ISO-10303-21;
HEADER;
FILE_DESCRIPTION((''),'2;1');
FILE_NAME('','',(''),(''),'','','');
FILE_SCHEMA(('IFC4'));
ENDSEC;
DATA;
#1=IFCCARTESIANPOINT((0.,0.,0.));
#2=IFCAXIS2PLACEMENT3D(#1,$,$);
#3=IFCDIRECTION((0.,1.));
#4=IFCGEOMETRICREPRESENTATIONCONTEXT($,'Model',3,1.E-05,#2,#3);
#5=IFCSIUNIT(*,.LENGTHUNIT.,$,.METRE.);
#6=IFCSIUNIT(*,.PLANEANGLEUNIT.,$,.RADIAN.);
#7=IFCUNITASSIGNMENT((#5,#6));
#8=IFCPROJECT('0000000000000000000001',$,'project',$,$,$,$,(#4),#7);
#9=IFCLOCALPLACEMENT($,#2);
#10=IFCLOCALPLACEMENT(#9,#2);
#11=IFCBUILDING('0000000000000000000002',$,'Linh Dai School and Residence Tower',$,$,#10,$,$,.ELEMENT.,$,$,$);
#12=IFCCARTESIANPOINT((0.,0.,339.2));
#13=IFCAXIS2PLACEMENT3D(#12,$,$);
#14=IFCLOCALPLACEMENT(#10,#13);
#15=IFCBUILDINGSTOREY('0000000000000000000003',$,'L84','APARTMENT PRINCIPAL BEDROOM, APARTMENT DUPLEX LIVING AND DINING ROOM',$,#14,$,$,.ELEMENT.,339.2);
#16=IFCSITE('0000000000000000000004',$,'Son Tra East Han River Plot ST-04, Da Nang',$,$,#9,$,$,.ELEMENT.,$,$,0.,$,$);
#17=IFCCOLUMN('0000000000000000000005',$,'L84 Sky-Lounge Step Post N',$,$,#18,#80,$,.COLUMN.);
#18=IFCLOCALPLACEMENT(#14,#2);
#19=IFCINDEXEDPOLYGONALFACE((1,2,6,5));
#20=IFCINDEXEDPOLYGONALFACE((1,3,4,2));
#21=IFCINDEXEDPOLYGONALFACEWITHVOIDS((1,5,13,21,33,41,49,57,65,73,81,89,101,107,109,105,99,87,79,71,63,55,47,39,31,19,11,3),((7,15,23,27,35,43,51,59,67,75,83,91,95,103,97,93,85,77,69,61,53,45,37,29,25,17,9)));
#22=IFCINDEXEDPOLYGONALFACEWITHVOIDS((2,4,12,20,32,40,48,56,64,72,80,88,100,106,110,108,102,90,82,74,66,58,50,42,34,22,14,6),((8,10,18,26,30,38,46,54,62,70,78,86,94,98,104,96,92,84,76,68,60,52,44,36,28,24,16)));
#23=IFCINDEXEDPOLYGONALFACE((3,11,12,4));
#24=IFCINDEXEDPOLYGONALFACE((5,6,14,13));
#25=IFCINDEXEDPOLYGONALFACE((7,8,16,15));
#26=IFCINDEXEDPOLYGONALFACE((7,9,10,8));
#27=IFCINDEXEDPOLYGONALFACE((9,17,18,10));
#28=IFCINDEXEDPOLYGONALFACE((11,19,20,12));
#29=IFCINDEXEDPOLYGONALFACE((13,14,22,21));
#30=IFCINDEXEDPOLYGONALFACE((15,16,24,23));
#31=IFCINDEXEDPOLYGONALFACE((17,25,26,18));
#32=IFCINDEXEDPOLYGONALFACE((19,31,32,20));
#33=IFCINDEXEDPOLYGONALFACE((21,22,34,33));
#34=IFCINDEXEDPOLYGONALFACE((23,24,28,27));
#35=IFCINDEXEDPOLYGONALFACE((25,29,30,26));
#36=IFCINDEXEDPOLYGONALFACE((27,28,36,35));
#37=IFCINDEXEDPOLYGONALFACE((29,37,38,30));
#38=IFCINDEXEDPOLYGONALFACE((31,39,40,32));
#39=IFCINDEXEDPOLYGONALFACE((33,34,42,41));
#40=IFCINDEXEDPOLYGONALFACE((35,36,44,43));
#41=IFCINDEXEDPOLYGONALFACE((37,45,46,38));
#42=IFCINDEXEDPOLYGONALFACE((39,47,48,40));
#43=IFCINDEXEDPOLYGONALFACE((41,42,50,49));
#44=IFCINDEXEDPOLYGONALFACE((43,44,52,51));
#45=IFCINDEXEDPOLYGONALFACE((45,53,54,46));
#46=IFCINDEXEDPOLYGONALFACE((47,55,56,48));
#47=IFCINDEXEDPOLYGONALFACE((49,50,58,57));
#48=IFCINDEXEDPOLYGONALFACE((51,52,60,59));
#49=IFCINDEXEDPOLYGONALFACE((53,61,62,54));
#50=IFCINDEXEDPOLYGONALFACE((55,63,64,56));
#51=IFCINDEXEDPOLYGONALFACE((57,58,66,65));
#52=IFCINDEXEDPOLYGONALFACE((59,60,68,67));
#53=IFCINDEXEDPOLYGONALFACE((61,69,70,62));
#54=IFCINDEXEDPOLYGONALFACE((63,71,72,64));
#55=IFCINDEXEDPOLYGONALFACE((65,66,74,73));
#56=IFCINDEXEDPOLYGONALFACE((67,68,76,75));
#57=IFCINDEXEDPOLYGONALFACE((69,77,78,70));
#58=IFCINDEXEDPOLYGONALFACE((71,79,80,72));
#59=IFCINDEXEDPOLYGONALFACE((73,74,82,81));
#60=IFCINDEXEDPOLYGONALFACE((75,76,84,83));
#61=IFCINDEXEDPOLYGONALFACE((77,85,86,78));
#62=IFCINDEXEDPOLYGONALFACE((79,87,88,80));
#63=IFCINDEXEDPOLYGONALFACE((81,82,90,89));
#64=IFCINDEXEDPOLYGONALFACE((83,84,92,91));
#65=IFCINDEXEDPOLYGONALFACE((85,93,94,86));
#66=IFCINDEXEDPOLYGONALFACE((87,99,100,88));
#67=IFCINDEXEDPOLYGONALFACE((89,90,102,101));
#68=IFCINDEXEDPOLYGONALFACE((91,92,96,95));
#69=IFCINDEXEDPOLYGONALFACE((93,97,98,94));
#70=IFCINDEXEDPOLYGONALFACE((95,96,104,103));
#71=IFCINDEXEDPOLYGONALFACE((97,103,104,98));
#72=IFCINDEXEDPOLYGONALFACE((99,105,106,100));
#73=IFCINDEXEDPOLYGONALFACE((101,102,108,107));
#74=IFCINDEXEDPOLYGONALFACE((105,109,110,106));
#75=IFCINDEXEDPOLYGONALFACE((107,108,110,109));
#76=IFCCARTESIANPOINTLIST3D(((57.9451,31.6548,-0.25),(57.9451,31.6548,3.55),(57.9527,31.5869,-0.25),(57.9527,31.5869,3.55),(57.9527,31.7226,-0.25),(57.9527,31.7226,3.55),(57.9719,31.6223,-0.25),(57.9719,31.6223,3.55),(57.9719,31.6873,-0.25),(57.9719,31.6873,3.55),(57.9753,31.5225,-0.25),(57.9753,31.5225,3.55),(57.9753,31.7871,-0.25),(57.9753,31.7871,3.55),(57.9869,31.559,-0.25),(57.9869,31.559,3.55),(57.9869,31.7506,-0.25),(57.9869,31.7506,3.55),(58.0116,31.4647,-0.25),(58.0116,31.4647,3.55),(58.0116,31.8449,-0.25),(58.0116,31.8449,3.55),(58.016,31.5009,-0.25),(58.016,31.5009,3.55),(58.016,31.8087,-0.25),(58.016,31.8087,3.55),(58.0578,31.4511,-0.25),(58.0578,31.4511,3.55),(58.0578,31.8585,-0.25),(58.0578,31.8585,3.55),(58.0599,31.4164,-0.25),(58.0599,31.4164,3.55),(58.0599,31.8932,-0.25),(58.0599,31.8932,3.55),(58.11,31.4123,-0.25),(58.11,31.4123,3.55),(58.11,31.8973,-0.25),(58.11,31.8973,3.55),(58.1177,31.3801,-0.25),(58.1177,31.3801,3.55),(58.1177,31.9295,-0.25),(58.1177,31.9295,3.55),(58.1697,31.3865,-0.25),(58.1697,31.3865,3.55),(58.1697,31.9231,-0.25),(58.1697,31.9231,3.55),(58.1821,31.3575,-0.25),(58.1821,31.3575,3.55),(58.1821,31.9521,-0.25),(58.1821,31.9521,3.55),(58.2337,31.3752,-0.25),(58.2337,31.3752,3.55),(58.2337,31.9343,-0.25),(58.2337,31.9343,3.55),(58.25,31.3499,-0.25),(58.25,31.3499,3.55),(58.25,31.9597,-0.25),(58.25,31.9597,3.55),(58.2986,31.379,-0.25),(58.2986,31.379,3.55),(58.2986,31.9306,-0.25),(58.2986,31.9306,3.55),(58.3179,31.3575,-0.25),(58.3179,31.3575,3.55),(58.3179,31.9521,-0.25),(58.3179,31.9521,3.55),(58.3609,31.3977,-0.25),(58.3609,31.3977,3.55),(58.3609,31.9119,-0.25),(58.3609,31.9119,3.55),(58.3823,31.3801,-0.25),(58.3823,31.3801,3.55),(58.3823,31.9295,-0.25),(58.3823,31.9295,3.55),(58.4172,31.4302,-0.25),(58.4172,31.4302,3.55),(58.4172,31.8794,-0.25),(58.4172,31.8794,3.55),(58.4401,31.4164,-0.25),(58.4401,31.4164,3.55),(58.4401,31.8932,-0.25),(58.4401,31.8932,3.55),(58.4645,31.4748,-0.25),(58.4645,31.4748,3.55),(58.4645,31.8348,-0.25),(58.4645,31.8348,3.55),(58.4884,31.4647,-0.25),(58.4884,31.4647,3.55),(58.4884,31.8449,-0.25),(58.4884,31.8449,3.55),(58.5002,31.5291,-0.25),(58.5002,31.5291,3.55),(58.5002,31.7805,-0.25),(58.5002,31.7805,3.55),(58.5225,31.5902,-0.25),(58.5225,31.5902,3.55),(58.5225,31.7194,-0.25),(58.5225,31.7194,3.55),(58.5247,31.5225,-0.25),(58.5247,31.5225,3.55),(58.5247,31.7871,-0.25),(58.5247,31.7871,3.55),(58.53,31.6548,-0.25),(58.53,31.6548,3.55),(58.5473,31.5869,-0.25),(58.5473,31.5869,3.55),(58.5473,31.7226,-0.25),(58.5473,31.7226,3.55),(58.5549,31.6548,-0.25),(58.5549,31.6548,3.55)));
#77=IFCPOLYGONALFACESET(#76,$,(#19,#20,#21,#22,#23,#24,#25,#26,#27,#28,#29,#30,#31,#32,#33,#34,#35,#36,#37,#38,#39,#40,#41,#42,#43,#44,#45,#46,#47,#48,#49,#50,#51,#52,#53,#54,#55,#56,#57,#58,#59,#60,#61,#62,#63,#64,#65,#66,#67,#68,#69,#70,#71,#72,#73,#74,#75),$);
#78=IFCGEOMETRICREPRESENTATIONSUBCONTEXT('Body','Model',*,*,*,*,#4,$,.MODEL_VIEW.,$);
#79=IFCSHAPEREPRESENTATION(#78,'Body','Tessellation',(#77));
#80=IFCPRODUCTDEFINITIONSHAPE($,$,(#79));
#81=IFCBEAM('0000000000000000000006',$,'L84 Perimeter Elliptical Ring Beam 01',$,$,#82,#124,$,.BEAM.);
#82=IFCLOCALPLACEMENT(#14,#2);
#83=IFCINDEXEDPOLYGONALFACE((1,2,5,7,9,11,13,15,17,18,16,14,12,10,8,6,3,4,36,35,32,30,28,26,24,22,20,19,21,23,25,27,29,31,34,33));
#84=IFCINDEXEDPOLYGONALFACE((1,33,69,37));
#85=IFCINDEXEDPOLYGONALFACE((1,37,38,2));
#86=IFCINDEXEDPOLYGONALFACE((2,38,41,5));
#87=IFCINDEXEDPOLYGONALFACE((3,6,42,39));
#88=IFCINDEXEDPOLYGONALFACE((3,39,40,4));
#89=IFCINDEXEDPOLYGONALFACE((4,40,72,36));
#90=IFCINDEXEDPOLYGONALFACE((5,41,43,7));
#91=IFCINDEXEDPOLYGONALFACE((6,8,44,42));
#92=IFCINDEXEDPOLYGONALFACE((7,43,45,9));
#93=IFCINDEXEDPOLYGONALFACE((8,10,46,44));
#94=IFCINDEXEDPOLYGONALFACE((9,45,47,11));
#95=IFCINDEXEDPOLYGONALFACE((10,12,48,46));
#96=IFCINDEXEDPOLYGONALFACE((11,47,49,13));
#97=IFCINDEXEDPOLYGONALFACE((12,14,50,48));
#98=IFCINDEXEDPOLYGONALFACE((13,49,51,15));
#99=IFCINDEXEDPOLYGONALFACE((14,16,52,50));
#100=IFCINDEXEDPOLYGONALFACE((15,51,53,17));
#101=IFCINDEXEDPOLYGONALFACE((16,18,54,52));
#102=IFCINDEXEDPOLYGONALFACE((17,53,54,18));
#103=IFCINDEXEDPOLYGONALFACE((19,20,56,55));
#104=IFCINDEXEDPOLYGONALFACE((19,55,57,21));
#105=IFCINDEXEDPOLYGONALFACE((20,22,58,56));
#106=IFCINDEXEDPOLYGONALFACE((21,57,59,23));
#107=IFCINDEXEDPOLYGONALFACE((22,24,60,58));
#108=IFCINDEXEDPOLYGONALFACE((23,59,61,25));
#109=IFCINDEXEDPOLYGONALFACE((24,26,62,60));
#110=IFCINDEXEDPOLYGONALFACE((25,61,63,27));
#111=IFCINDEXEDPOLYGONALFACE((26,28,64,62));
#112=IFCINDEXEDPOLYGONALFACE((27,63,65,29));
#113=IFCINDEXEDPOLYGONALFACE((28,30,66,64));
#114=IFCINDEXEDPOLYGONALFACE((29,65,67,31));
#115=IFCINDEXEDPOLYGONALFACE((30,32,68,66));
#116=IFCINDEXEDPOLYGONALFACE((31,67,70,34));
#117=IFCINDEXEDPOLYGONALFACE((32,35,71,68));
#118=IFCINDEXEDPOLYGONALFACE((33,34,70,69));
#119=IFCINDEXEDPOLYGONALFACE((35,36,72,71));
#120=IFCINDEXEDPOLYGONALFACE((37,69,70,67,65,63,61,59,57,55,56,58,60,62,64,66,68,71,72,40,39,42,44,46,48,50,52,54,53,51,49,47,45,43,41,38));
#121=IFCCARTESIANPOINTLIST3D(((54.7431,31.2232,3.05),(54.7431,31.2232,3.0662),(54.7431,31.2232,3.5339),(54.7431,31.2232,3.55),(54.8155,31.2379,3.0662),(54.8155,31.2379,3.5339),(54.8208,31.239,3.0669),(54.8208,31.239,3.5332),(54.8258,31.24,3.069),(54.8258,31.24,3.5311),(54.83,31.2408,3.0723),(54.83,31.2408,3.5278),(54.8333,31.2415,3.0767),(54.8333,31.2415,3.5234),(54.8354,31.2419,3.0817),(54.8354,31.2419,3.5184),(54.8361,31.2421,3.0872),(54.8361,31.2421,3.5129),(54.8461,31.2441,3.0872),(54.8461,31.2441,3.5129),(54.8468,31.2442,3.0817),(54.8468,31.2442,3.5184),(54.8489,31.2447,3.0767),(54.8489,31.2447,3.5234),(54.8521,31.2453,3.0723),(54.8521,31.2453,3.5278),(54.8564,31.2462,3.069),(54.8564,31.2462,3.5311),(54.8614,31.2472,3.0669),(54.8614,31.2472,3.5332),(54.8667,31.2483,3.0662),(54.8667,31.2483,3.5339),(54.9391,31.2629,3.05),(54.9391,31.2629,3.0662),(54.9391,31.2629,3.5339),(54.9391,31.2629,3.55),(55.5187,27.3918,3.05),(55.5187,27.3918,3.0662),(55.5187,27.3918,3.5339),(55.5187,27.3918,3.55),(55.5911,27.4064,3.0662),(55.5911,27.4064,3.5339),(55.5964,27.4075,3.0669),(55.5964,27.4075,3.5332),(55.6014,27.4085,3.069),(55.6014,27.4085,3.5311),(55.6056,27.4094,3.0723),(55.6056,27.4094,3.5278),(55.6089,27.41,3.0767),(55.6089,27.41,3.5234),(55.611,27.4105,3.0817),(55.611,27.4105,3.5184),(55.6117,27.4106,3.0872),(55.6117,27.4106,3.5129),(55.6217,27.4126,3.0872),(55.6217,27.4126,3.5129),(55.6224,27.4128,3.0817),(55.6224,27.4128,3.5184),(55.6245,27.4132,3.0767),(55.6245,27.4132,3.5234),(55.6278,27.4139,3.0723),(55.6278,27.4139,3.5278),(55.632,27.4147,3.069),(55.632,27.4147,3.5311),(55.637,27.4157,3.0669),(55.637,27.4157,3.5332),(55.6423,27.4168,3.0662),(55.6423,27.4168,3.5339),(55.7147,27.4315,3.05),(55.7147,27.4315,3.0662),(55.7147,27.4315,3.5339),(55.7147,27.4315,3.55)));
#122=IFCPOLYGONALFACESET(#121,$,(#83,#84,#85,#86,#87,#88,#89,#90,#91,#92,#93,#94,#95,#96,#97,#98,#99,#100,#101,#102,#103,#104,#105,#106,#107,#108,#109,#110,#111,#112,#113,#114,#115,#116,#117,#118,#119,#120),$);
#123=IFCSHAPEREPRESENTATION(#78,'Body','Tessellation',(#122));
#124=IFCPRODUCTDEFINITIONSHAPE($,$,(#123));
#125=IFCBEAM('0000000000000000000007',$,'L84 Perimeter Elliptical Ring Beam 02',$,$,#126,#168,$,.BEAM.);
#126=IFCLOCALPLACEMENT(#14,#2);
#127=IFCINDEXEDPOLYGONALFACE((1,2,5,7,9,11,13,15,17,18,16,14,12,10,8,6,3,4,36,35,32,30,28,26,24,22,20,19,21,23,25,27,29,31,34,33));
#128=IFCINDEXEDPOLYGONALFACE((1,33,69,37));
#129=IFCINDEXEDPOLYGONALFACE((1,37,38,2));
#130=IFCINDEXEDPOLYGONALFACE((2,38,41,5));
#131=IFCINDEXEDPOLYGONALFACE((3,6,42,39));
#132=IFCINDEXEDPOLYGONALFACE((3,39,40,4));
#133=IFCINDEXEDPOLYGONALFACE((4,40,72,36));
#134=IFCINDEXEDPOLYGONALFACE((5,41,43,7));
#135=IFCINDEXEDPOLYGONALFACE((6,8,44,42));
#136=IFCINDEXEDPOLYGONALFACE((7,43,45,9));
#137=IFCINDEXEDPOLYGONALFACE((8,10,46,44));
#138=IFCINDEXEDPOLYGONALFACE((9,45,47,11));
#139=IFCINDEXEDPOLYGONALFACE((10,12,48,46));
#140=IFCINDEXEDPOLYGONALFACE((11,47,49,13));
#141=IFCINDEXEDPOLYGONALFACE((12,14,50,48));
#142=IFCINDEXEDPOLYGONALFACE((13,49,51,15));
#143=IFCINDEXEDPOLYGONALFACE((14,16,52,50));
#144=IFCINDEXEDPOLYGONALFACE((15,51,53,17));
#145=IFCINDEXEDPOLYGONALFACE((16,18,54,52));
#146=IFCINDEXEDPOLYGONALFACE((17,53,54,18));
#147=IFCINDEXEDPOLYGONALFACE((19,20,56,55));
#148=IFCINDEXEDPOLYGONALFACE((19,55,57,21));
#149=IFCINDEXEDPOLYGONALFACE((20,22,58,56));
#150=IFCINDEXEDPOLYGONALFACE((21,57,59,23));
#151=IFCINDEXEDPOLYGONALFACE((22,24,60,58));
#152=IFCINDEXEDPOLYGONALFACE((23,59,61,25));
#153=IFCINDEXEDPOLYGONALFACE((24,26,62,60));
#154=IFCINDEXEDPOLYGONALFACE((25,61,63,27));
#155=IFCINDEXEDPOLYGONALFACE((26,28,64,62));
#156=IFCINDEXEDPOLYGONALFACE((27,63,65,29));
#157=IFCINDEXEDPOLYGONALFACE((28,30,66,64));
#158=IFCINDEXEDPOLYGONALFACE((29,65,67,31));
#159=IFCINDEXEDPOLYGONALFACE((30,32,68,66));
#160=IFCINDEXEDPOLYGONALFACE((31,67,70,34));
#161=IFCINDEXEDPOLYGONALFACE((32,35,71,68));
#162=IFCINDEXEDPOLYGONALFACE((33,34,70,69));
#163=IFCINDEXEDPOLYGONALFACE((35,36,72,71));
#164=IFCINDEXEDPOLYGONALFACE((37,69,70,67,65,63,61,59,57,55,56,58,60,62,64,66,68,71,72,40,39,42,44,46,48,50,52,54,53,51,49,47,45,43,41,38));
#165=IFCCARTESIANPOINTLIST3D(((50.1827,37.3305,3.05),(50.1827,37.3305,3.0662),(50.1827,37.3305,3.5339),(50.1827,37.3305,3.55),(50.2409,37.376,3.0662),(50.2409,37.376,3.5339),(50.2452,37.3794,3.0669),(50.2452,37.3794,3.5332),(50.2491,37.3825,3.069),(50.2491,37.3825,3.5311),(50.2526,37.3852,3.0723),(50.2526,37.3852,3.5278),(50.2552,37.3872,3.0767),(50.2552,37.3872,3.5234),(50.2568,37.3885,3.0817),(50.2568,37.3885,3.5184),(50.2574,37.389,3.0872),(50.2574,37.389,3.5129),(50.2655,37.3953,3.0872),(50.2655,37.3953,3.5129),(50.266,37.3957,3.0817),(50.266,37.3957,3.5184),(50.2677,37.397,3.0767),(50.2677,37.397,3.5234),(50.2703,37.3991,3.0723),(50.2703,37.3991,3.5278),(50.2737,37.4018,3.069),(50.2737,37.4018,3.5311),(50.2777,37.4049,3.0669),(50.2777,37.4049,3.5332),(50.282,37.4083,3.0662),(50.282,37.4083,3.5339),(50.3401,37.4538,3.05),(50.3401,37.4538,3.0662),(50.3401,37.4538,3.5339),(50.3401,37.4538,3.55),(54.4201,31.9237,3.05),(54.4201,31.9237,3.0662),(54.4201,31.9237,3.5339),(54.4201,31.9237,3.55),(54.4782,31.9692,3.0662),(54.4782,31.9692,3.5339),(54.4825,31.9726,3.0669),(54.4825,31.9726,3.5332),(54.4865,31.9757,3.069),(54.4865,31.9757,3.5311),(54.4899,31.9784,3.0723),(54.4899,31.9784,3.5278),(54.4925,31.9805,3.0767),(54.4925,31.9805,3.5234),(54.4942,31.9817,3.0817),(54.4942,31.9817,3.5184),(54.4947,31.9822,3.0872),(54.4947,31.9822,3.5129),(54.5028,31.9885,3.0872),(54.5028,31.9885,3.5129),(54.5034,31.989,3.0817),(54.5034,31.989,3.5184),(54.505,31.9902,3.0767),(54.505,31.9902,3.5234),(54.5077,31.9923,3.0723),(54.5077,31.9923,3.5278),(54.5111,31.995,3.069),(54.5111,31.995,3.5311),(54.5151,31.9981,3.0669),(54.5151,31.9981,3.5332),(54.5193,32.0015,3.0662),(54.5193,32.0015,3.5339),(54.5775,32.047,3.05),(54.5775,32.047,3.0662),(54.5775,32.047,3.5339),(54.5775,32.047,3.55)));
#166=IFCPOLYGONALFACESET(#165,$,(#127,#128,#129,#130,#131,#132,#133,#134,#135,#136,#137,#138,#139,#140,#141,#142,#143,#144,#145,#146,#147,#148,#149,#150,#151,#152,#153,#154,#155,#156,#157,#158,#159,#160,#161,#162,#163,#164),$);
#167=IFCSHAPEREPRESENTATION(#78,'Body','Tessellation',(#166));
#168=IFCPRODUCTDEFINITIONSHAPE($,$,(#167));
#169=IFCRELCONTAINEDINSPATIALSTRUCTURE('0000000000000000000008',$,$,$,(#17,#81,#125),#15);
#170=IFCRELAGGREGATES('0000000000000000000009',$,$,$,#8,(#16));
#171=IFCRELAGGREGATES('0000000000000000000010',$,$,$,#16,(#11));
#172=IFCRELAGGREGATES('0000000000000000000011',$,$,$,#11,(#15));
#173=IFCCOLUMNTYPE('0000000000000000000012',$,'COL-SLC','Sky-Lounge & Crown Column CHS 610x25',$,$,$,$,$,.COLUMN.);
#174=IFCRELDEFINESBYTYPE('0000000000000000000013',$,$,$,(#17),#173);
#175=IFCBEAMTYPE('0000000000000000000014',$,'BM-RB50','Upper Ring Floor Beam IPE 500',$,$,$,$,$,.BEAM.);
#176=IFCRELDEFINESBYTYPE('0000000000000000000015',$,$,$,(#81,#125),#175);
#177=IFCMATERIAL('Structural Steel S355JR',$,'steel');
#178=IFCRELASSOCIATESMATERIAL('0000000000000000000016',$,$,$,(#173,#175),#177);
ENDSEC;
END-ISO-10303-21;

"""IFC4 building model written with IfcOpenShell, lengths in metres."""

from ifc_helpers import new_model, si_unit, direction, frame, origin, origin_2d, place, context, subcontext, project, spatial, hollow_circle, i_section, extrude, material, material_profile, profile_set, type_object, element, save


model = new_model("IFC4")

# Units and contexts
model_context = context("Model", 3, precision=1e-05, world=origin(), true_north=direction((0.0, 1.0)))
body_context = subcontext(model_context, "Body", "Model", "MODEL_VIEW")
ifc_project = project(units=[si_unit("LENGTHUNIT", "METRE"), si_unit("PLANEANGLEUNIT", "RADIAN")], contexts=[model_context])

# Site, building, storey
site_placement = place(None, origin())
site = spatial("IfcSite", under=ifc_project, at=site_placement, Name="Son Tra East Han River Plot ST-04, Da Nang", CompositionType="ELEMENT", RefElevation=0.0)
building_placement = place(site_placement, origin())
building = spatial("IfcBuilding", under=site, at=building_placement, Name="Linh Dai School and Residence Tower", CompositionType="ELEMENT")
storey_placement = place(building_placement, frame((0.0, 0.0, 339.2)))
storey = spatial("IfcBuildingStorey", under=building, at=storey_placement, Name="L84", Description="APARTMENT PRINCIPAL BEDROOM, APARTMENT DUPLEX LIVING AND DINING ROOM", CompositionType="ELEMENT", Elevation=339.2)

# Column
ifc_material_1 = material(Name="Structural Steel S355JR", Category="steel")
ifc_material_profile_1 = material_profile(ifc_material_1, hollow_circle(Radius=0.3049, WallThickness=0.0249, at=origin_2d()), Name="CHS 610x25")
ifc_profile_set_1 = profile_set([ifc_material_profile_1], Name="Structural Steel S355JR")
column_type_1 = type_object("IfcColumnType", Name="COL-SLC", Description="Sky-Lounge & Crown Column CHS 610x25", PredefinedType="COLUMN", material=ifc_profile_set_1)
column_placement = place(storey_placement, frame((58.25, 31.6548, -0.25), z_axis=(0.0, 0.0, 1.0), x_axis=(1.0, 0.0, 0.0)))
element("IfcColumn", 1, at=column_placement, inside=storey, type_object=column_type_1, Name="L84 Sky-Lounge Step Post N", PredefinedType="COLUMN", context=body_context, shape_type="SweptSolid", body=[
    extrude(hollow_circle(Radius=0.3049, WallThickness=0.0249, at=origin_2d()), origin(), (0.0, 0.0, 1.0), 3.8),
])

# Beams
ifc_material_profile_2 = material_profile(ifc_material_1, i_section(OverallWidth=0.2, OverallDepth=0.5, WebThickness=0.0103, FlangeThickness=0.0161, FilletRadius=0.021, at=origin_2d()), Name="IPE 500")
ifc_profile_set_2 = profile_set([ifc_material_profile_2], Name="Structural Steel S355JR")
beam_type = type_object("IfcBeamType", Name="BM-RB50", Description="Upper Ring Floor Beam IPE 500", PredefinedType="BEAM", material=ifc_profile_set_2)
beam_1_placement = place(storey_placement, frame((55.6167, 27.4116, 3.3), z_axis=(-0.19841, 0.980119, 0.0), x_axis=(-0.980119, -0.19841, 0.0)))
element("IfcBeam", 2, at=beam_1_placement, inside=storey, type_object=beam_type, Name="L84 Perimeter Elliptical Ring Beam 01", PredefinedType="BEAM", context=body_context, shape_type="SweptSolid", body=[
    extrude(i_section(OverallWidth=0.2, OverallDepth=0.5, WebThickness=0.0103, FlangeThickness=0.0161, FilletRadius=0.021, at=origin_2d()), origin(), (0.0, 0.0, 1.0), 3.9092),
])
beam_2_placement = place(storey_placement, frame((54.4988, 31.9854, 3.3), z_axis=(-0.616845, 0.787085, 0.0), x_axis=(-0.787085, -0.616845, 0.0)))
element("IfcBeam", 3, at=beam_2_placement, inside=storey, type_object=beam_type, Name="L84 Perimeter Elliptical Ring Beam 02", PredefinedType="BEAM", context=body_context, shape_type="SweptSolid", body=[
    extrude(i_section(OverallWidth=0.2, OverallDepth=0.5, WebThickness=0.0103, FlangeThickness=0.0161, FilletRadius=0.021, at=origin_2d()), origin(), (0.0, 0.0, 1.0), 6.8694),
])

save(model, "model.ifc")
